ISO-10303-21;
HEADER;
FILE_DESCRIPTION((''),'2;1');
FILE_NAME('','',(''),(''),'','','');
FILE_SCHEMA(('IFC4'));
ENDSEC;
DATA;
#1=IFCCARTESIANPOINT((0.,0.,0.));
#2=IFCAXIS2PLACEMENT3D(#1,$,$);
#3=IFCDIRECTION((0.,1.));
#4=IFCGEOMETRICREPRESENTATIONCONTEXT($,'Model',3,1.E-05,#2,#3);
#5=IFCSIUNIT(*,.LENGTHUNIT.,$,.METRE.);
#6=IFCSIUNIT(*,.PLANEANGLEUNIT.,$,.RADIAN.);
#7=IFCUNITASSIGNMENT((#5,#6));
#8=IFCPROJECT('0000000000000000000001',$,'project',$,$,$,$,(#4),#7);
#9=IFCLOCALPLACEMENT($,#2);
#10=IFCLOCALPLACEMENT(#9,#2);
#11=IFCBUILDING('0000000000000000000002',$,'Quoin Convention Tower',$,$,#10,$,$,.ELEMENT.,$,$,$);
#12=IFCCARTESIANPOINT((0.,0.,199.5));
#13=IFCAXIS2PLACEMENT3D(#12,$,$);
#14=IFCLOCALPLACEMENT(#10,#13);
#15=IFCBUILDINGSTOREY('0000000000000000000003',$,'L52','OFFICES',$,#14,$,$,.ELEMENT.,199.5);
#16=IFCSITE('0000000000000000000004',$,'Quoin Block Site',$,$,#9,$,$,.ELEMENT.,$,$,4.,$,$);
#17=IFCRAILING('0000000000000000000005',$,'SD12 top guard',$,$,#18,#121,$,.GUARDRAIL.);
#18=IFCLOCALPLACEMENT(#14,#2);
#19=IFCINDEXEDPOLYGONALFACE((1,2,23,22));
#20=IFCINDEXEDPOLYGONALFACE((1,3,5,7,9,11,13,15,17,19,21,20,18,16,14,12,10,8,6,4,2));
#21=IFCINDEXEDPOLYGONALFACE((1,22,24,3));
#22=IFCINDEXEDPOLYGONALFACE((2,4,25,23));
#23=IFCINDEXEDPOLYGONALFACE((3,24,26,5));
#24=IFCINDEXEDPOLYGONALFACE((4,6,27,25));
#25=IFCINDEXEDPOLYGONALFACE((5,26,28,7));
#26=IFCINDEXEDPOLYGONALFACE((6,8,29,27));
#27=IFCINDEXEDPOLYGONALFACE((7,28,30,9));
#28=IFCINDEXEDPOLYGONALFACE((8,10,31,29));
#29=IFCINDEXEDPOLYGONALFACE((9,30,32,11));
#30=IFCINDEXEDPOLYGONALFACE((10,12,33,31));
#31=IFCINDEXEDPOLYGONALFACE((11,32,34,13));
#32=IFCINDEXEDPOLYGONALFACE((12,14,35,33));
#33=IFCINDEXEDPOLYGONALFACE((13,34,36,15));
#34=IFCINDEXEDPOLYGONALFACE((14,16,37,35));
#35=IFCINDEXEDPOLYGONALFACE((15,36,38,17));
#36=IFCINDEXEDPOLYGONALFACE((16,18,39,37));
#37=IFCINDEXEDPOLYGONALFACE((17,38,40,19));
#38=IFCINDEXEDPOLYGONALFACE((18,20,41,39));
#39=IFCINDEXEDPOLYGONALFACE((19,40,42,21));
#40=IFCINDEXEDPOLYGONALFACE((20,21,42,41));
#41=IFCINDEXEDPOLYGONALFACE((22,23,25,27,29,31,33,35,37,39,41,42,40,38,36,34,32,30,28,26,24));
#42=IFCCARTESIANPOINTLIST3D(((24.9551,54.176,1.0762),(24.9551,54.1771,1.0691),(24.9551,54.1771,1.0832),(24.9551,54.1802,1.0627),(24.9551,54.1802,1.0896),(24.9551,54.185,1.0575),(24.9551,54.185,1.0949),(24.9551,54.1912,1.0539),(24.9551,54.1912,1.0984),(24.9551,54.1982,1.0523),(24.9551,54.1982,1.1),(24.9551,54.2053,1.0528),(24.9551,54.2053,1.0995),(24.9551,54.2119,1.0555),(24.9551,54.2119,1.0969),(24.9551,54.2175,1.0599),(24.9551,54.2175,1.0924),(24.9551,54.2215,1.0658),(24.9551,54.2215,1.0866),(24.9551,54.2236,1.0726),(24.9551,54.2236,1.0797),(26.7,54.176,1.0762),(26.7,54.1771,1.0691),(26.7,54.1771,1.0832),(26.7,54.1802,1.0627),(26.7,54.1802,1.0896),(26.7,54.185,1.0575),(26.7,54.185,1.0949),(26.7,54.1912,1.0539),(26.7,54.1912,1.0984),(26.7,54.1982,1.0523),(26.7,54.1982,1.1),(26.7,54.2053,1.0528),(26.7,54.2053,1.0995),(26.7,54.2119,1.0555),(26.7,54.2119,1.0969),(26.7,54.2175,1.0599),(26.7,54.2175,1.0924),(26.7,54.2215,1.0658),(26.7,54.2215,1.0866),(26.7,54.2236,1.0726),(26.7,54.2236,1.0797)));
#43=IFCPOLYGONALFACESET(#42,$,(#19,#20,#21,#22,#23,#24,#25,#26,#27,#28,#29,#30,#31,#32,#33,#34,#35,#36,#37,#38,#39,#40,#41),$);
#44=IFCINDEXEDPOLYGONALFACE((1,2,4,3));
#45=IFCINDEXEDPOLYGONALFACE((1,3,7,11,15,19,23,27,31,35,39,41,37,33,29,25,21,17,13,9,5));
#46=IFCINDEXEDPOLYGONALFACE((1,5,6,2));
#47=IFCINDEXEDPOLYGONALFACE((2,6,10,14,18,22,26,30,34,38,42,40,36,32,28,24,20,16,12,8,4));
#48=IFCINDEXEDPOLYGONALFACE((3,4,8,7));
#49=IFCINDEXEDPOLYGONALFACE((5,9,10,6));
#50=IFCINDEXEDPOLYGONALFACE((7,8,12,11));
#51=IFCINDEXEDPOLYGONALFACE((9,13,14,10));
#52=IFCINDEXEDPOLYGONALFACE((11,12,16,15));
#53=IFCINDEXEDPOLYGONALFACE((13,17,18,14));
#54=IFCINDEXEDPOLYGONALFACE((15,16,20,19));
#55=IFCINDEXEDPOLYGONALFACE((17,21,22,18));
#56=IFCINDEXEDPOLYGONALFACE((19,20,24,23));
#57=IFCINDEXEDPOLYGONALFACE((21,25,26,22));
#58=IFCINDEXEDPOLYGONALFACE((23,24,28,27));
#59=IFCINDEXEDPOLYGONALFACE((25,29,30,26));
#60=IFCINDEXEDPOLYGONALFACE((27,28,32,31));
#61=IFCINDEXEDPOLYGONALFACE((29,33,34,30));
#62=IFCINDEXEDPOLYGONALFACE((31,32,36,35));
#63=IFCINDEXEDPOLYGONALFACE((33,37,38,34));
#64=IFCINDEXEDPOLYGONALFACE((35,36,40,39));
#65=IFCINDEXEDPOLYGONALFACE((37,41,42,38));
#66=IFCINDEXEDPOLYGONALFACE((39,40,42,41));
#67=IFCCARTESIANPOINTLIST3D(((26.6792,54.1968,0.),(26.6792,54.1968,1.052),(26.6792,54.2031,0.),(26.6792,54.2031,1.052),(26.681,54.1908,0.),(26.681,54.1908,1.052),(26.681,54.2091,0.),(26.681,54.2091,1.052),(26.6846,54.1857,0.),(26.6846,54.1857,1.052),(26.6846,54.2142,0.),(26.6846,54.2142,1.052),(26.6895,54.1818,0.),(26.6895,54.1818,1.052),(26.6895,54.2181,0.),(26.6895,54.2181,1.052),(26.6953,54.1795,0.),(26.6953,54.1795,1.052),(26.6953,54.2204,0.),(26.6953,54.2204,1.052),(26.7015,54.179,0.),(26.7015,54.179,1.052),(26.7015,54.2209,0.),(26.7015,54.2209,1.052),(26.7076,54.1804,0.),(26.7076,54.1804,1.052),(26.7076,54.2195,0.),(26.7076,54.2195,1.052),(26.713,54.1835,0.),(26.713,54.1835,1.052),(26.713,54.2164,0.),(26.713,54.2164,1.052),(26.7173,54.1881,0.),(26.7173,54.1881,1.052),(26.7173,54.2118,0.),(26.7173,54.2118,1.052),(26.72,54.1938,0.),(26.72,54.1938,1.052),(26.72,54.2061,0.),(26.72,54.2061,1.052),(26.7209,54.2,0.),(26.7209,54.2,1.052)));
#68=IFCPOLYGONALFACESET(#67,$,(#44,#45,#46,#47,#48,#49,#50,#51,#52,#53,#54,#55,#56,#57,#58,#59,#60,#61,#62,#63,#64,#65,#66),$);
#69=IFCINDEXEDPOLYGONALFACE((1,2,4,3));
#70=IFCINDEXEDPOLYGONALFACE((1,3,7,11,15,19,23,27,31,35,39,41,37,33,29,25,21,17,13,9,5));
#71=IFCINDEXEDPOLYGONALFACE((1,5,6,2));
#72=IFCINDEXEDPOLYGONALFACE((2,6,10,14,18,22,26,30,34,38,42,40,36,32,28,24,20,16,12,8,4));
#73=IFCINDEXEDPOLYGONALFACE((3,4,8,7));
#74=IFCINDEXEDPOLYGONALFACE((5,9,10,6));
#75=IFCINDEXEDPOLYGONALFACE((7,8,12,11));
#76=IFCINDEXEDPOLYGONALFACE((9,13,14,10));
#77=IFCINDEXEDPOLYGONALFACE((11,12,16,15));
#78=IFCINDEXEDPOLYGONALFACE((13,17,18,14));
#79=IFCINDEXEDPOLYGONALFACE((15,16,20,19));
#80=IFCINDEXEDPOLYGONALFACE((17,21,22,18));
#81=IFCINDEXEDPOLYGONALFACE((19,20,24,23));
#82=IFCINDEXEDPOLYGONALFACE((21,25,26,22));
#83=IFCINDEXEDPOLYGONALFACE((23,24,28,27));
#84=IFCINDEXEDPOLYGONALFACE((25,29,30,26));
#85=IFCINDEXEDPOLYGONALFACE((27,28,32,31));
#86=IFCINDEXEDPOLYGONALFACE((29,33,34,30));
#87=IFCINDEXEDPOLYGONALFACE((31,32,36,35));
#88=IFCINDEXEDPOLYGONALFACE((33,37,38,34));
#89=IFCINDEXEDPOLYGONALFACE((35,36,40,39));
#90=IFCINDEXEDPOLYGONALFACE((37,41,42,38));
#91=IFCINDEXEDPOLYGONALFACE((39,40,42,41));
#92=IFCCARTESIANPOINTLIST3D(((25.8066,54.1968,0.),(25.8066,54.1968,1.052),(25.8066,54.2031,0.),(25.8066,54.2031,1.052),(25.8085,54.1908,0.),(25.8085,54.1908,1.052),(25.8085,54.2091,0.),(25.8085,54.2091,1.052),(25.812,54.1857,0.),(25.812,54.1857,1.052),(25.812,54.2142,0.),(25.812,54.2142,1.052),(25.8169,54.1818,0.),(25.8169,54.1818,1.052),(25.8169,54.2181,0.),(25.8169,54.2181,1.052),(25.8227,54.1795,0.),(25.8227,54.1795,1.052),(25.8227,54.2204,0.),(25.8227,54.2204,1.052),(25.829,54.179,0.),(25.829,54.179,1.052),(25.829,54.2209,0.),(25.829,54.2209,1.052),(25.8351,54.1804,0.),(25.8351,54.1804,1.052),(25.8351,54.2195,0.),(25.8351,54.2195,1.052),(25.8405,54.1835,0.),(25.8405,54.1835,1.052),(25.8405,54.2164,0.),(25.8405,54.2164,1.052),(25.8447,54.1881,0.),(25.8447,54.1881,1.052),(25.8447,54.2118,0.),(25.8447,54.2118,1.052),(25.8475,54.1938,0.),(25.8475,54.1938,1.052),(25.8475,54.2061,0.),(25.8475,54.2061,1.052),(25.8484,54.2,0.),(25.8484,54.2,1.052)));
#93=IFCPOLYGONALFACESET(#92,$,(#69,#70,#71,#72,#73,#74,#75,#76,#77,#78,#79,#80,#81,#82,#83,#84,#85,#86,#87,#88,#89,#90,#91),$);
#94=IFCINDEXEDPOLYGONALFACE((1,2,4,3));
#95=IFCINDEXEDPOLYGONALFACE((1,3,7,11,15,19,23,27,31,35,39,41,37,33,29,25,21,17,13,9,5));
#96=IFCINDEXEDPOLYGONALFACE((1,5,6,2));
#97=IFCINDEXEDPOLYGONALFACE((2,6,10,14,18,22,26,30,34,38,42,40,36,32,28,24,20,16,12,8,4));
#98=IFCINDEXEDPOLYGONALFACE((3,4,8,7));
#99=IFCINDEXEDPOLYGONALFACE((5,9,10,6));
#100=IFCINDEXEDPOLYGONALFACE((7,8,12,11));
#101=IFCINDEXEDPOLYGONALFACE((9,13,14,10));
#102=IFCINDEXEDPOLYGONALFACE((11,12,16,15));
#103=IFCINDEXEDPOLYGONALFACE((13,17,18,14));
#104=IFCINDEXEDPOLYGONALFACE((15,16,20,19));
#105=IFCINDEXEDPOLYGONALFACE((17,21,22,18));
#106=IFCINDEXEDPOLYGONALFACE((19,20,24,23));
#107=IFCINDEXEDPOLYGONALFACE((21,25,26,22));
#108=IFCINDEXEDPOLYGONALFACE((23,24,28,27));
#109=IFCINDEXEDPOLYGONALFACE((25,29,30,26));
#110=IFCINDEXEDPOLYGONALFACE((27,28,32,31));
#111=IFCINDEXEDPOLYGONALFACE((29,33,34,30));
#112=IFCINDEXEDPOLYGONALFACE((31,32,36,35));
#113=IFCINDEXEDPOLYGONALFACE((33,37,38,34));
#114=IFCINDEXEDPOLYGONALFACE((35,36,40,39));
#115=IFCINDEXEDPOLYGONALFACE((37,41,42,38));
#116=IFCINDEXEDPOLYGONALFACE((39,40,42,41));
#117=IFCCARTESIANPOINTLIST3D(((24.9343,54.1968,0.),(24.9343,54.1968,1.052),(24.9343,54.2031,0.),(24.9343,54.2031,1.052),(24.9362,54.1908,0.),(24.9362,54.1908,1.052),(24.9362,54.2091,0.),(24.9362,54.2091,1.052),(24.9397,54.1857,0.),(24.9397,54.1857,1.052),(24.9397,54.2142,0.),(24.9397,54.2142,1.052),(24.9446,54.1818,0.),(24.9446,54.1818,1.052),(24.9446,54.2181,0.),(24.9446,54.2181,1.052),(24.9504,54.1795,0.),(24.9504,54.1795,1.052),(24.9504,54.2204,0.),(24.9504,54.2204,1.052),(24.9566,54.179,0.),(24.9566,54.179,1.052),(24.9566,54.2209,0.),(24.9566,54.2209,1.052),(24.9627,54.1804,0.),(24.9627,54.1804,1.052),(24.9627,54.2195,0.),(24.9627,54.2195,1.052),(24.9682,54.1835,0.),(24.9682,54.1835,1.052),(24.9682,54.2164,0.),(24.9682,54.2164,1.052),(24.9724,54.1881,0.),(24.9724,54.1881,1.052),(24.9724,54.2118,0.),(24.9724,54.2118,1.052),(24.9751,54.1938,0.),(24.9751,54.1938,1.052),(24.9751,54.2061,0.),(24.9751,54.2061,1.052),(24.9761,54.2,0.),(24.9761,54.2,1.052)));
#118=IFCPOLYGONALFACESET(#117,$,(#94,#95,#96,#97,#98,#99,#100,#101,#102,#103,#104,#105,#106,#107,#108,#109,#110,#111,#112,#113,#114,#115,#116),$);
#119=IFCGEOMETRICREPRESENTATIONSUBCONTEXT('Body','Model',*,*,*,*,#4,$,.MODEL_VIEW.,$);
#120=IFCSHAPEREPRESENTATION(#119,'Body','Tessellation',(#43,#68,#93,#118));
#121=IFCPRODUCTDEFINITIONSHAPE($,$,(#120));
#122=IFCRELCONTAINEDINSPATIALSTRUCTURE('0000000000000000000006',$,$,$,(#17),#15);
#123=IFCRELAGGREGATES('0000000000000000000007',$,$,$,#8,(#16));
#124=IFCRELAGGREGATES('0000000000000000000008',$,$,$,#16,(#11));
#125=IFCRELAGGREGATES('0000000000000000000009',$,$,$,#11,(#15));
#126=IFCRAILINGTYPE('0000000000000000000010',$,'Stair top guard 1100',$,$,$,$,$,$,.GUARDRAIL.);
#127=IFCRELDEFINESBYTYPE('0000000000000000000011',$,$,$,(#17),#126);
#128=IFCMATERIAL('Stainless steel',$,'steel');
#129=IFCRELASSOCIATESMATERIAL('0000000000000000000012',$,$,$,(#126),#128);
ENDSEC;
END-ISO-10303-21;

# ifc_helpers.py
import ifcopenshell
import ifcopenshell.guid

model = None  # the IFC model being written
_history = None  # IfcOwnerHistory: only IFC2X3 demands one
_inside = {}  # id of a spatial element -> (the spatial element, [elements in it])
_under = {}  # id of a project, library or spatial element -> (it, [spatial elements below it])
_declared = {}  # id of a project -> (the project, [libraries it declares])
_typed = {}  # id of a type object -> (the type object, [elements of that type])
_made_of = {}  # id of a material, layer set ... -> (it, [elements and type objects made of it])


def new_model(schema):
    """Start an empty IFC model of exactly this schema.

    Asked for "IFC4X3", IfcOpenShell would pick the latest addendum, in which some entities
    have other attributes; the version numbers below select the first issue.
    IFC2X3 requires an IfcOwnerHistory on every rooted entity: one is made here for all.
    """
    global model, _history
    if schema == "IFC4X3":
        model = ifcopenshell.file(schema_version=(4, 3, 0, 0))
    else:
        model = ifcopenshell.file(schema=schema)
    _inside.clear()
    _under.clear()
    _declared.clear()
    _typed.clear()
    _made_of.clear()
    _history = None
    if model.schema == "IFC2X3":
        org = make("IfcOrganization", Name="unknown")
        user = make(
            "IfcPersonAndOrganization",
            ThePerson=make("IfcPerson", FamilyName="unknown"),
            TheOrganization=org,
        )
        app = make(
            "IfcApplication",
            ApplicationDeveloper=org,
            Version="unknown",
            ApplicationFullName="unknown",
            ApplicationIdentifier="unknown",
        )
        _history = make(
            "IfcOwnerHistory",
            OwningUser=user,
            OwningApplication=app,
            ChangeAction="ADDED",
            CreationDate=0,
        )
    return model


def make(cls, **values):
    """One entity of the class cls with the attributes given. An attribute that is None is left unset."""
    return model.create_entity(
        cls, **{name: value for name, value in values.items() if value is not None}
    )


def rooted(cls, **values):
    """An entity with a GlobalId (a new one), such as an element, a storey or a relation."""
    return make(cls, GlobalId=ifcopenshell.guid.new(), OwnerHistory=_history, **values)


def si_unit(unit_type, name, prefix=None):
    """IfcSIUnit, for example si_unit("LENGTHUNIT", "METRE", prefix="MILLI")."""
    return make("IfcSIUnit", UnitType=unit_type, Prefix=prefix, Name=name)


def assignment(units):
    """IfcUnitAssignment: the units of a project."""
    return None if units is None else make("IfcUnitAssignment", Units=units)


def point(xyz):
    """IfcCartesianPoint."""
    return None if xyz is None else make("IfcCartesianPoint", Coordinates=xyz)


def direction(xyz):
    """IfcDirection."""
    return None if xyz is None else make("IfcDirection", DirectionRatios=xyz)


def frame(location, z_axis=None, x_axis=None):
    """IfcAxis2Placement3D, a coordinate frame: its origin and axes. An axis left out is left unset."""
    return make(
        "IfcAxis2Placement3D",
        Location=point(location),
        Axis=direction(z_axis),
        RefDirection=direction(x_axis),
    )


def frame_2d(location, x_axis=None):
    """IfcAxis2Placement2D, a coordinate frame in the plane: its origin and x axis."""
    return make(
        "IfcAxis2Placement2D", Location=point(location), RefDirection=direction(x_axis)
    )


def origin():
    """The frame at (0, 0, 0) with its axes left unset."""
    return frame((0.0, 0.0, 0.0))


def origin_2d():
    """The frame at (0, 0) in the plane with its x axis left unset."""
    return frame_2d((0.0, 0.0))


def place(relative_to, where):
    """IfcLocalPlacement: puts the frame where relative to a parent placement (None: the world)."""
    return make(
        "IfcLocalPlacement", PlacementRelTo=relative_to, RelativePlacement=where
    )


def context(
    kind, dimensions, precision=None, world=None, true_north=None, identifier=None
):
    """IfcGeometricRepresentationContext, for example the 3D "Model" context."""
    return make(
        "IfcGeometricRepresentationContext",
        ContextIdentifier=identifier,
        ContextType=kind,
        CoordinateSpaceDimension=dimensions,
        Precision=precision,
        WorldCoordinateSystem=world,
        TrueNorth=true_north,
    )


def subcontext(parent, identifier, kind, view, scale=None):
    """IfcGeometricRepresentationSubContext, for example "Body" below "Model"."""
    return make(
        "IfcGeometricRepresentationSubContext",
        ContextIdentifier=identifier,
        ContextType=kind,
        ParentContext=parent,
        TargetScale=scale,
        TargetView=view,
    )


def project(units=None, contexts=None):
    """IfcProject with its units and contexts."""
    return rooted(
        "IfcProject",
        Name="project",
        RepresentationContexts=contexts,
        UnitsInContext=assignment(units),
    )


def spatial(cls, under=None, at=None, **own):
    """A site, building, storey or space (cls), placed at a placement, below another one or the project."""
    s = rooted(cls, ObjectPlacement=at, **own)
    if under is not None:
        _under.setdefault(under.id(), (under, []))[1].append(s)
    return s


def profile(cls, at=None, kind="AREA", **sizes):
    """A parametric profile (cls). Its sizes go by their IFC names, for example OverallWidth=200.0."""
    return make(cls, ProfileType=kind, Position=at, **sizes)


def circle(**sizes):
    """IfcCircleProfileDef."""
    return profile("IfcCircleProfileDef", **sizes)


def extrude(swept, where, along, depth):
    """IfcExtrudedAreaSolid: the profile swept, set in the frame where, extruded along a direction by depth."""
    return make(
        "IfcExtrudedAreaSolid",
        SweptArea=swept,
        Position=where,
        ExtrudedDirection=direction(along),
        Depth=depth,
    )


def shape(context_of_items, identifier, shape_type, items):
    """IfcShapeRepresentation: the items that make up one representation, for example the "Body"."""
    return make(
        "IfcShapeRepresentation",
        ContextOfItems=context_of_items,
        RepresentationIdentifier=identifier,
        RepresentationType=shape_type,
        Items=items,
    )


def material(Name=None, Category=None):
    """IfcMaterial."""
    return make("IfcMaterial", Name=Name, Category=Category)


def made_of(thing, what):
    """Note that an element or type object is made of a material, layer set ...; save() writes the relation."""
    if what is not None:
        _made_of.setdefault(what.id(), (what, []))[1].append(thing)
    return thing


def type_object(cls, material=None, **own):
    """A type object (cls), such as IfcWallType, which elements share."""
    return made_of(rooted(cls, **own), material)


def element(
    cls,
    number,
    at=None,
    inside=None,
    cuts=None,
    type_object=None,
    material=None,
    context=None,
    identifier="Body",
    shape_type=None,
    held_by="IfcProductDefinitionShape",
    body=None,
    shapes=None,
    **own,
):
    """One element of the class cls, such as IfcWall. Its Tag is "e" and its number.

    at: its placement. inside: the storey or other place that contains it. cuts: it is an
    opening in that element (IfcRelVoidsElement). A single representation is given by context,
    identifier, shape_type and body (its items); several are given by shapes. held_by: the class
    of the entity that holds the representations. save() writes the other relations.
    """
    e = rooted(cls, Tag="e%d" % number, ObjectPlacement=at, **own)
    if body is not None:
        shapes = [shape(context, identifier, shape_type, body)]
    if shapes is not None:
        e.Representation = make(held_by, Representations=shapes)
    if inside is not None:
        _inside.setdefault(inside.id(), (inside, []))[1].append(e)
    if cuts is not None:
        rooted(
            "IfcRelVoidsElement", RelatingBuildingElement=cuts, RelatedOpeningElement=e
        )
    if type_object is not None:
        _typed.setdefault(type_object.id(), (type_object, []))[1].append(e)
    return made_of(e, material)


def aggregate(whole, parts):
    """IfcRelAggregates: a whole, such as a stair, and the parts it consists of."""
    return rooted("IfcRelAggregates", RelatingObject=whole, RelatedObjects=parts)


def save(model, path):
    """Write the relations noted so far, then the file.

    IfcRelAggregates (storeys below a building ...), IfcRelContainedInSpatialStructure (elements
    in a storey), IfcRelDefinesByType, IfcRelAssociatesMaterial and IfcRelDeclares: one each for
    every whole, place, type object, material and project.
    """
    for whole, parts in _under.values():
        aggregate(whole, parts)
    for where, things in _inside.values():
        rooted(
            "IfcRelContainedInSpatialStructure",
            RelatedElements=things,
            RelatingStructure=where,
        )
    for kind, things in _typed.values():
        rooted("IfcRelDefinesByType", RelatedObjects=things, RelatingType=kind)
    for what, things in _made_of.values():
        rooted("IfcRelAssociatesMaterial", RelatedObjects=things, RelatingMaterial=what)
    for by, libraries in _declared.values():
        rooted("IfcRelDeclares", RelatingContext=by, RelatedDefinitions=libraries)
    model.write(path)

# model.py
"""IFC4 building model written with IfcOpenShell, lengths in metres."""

from ifc_helpers import new_model, si_unit, direction, frame, origin, origin_2d, place, context, subcontext, project, spatial, circle, extrude, material, type_object, element, save


model = new_model("IFC4")

# Units and contexts
model_context = context("Model", 3, precision=1e-05, world=origin(), true_north=direction((0.0, 1.0)))
body_context = subcontext(model_context, "Body", "Model", "MODEL_VIEW")
ifc_project = project(units=[si_unit("LENGTHUNIT", "METRE"), si_unit("PLANEANGLEUNIT", "RADIAN")], contexts=[model_context])

# Site, building, storey
site_placement = place(None, origin())
site = spatial("IfcSite", under=ifc_project, at=site_placement, Name="Quoin Block Site", CompositionType="ELEMENT", RefElevation=4.0)
building_placement = place(site_placement, origin())
building = spatial("IfcBuilding", under=site, at=building_placement, Name="Quoin Convention Tower", CompositionType="ELEMENT")
storey_placement = place(building_placement, frame((0.0, 0.0, 199.5)))
storey = spatial("IfcBuildingStorey", under=building, at=storey_placement, Name="L52", Description="OFFICES", CompositionType="ELEMENT", Elevation=199.5)

# Railing
ifc_material_1 = material(Name="Stainless steel", Category="steel")
railing_type_1 = type_object("IfcRailingType", Name="Stair top guard 1100", PredefinedType="GUARDRAIL", material=ifc_material_1)
railing_1_placement = place(storey_placement, frame((26.7, 54.2, 0.0)))
element("IfcRailing", 1, at=railing_1_placement, inside=storey, type_object=railing_type_1, Name="SD12 top guard", PredefinedType="GUARDRAIL", context=body_context, shape_type="SweptSolid", body=[
    extrude(circle(Radius=0.0239, at=origin_2d()), frame((0.0, 0.0, 1.0762), z_axis=(-1.0, 0.0, 0.0), x_axis=(0.0, -1.0, 0.0)), (0.0, 0.0, 1.0), 1.7449),
    extrude(circle(Radius=0.021, at=origin_2d()), origin(), (0.0, 0.0, 1.0), 1.052),
    extrude(circle(Radius=0.021, at=origin_2d()), frame((-0.8726, 0.0, 0.0)), (0.0, 0.0, 1.0), 1.052),
    extrude(circle(Radius=0.021, at=origin_2d()), frame((-1.7449, 0.0, 0.0)), (0.0, 0.0, 1.0), 1.052),
])

save(model, "model.ifc")
